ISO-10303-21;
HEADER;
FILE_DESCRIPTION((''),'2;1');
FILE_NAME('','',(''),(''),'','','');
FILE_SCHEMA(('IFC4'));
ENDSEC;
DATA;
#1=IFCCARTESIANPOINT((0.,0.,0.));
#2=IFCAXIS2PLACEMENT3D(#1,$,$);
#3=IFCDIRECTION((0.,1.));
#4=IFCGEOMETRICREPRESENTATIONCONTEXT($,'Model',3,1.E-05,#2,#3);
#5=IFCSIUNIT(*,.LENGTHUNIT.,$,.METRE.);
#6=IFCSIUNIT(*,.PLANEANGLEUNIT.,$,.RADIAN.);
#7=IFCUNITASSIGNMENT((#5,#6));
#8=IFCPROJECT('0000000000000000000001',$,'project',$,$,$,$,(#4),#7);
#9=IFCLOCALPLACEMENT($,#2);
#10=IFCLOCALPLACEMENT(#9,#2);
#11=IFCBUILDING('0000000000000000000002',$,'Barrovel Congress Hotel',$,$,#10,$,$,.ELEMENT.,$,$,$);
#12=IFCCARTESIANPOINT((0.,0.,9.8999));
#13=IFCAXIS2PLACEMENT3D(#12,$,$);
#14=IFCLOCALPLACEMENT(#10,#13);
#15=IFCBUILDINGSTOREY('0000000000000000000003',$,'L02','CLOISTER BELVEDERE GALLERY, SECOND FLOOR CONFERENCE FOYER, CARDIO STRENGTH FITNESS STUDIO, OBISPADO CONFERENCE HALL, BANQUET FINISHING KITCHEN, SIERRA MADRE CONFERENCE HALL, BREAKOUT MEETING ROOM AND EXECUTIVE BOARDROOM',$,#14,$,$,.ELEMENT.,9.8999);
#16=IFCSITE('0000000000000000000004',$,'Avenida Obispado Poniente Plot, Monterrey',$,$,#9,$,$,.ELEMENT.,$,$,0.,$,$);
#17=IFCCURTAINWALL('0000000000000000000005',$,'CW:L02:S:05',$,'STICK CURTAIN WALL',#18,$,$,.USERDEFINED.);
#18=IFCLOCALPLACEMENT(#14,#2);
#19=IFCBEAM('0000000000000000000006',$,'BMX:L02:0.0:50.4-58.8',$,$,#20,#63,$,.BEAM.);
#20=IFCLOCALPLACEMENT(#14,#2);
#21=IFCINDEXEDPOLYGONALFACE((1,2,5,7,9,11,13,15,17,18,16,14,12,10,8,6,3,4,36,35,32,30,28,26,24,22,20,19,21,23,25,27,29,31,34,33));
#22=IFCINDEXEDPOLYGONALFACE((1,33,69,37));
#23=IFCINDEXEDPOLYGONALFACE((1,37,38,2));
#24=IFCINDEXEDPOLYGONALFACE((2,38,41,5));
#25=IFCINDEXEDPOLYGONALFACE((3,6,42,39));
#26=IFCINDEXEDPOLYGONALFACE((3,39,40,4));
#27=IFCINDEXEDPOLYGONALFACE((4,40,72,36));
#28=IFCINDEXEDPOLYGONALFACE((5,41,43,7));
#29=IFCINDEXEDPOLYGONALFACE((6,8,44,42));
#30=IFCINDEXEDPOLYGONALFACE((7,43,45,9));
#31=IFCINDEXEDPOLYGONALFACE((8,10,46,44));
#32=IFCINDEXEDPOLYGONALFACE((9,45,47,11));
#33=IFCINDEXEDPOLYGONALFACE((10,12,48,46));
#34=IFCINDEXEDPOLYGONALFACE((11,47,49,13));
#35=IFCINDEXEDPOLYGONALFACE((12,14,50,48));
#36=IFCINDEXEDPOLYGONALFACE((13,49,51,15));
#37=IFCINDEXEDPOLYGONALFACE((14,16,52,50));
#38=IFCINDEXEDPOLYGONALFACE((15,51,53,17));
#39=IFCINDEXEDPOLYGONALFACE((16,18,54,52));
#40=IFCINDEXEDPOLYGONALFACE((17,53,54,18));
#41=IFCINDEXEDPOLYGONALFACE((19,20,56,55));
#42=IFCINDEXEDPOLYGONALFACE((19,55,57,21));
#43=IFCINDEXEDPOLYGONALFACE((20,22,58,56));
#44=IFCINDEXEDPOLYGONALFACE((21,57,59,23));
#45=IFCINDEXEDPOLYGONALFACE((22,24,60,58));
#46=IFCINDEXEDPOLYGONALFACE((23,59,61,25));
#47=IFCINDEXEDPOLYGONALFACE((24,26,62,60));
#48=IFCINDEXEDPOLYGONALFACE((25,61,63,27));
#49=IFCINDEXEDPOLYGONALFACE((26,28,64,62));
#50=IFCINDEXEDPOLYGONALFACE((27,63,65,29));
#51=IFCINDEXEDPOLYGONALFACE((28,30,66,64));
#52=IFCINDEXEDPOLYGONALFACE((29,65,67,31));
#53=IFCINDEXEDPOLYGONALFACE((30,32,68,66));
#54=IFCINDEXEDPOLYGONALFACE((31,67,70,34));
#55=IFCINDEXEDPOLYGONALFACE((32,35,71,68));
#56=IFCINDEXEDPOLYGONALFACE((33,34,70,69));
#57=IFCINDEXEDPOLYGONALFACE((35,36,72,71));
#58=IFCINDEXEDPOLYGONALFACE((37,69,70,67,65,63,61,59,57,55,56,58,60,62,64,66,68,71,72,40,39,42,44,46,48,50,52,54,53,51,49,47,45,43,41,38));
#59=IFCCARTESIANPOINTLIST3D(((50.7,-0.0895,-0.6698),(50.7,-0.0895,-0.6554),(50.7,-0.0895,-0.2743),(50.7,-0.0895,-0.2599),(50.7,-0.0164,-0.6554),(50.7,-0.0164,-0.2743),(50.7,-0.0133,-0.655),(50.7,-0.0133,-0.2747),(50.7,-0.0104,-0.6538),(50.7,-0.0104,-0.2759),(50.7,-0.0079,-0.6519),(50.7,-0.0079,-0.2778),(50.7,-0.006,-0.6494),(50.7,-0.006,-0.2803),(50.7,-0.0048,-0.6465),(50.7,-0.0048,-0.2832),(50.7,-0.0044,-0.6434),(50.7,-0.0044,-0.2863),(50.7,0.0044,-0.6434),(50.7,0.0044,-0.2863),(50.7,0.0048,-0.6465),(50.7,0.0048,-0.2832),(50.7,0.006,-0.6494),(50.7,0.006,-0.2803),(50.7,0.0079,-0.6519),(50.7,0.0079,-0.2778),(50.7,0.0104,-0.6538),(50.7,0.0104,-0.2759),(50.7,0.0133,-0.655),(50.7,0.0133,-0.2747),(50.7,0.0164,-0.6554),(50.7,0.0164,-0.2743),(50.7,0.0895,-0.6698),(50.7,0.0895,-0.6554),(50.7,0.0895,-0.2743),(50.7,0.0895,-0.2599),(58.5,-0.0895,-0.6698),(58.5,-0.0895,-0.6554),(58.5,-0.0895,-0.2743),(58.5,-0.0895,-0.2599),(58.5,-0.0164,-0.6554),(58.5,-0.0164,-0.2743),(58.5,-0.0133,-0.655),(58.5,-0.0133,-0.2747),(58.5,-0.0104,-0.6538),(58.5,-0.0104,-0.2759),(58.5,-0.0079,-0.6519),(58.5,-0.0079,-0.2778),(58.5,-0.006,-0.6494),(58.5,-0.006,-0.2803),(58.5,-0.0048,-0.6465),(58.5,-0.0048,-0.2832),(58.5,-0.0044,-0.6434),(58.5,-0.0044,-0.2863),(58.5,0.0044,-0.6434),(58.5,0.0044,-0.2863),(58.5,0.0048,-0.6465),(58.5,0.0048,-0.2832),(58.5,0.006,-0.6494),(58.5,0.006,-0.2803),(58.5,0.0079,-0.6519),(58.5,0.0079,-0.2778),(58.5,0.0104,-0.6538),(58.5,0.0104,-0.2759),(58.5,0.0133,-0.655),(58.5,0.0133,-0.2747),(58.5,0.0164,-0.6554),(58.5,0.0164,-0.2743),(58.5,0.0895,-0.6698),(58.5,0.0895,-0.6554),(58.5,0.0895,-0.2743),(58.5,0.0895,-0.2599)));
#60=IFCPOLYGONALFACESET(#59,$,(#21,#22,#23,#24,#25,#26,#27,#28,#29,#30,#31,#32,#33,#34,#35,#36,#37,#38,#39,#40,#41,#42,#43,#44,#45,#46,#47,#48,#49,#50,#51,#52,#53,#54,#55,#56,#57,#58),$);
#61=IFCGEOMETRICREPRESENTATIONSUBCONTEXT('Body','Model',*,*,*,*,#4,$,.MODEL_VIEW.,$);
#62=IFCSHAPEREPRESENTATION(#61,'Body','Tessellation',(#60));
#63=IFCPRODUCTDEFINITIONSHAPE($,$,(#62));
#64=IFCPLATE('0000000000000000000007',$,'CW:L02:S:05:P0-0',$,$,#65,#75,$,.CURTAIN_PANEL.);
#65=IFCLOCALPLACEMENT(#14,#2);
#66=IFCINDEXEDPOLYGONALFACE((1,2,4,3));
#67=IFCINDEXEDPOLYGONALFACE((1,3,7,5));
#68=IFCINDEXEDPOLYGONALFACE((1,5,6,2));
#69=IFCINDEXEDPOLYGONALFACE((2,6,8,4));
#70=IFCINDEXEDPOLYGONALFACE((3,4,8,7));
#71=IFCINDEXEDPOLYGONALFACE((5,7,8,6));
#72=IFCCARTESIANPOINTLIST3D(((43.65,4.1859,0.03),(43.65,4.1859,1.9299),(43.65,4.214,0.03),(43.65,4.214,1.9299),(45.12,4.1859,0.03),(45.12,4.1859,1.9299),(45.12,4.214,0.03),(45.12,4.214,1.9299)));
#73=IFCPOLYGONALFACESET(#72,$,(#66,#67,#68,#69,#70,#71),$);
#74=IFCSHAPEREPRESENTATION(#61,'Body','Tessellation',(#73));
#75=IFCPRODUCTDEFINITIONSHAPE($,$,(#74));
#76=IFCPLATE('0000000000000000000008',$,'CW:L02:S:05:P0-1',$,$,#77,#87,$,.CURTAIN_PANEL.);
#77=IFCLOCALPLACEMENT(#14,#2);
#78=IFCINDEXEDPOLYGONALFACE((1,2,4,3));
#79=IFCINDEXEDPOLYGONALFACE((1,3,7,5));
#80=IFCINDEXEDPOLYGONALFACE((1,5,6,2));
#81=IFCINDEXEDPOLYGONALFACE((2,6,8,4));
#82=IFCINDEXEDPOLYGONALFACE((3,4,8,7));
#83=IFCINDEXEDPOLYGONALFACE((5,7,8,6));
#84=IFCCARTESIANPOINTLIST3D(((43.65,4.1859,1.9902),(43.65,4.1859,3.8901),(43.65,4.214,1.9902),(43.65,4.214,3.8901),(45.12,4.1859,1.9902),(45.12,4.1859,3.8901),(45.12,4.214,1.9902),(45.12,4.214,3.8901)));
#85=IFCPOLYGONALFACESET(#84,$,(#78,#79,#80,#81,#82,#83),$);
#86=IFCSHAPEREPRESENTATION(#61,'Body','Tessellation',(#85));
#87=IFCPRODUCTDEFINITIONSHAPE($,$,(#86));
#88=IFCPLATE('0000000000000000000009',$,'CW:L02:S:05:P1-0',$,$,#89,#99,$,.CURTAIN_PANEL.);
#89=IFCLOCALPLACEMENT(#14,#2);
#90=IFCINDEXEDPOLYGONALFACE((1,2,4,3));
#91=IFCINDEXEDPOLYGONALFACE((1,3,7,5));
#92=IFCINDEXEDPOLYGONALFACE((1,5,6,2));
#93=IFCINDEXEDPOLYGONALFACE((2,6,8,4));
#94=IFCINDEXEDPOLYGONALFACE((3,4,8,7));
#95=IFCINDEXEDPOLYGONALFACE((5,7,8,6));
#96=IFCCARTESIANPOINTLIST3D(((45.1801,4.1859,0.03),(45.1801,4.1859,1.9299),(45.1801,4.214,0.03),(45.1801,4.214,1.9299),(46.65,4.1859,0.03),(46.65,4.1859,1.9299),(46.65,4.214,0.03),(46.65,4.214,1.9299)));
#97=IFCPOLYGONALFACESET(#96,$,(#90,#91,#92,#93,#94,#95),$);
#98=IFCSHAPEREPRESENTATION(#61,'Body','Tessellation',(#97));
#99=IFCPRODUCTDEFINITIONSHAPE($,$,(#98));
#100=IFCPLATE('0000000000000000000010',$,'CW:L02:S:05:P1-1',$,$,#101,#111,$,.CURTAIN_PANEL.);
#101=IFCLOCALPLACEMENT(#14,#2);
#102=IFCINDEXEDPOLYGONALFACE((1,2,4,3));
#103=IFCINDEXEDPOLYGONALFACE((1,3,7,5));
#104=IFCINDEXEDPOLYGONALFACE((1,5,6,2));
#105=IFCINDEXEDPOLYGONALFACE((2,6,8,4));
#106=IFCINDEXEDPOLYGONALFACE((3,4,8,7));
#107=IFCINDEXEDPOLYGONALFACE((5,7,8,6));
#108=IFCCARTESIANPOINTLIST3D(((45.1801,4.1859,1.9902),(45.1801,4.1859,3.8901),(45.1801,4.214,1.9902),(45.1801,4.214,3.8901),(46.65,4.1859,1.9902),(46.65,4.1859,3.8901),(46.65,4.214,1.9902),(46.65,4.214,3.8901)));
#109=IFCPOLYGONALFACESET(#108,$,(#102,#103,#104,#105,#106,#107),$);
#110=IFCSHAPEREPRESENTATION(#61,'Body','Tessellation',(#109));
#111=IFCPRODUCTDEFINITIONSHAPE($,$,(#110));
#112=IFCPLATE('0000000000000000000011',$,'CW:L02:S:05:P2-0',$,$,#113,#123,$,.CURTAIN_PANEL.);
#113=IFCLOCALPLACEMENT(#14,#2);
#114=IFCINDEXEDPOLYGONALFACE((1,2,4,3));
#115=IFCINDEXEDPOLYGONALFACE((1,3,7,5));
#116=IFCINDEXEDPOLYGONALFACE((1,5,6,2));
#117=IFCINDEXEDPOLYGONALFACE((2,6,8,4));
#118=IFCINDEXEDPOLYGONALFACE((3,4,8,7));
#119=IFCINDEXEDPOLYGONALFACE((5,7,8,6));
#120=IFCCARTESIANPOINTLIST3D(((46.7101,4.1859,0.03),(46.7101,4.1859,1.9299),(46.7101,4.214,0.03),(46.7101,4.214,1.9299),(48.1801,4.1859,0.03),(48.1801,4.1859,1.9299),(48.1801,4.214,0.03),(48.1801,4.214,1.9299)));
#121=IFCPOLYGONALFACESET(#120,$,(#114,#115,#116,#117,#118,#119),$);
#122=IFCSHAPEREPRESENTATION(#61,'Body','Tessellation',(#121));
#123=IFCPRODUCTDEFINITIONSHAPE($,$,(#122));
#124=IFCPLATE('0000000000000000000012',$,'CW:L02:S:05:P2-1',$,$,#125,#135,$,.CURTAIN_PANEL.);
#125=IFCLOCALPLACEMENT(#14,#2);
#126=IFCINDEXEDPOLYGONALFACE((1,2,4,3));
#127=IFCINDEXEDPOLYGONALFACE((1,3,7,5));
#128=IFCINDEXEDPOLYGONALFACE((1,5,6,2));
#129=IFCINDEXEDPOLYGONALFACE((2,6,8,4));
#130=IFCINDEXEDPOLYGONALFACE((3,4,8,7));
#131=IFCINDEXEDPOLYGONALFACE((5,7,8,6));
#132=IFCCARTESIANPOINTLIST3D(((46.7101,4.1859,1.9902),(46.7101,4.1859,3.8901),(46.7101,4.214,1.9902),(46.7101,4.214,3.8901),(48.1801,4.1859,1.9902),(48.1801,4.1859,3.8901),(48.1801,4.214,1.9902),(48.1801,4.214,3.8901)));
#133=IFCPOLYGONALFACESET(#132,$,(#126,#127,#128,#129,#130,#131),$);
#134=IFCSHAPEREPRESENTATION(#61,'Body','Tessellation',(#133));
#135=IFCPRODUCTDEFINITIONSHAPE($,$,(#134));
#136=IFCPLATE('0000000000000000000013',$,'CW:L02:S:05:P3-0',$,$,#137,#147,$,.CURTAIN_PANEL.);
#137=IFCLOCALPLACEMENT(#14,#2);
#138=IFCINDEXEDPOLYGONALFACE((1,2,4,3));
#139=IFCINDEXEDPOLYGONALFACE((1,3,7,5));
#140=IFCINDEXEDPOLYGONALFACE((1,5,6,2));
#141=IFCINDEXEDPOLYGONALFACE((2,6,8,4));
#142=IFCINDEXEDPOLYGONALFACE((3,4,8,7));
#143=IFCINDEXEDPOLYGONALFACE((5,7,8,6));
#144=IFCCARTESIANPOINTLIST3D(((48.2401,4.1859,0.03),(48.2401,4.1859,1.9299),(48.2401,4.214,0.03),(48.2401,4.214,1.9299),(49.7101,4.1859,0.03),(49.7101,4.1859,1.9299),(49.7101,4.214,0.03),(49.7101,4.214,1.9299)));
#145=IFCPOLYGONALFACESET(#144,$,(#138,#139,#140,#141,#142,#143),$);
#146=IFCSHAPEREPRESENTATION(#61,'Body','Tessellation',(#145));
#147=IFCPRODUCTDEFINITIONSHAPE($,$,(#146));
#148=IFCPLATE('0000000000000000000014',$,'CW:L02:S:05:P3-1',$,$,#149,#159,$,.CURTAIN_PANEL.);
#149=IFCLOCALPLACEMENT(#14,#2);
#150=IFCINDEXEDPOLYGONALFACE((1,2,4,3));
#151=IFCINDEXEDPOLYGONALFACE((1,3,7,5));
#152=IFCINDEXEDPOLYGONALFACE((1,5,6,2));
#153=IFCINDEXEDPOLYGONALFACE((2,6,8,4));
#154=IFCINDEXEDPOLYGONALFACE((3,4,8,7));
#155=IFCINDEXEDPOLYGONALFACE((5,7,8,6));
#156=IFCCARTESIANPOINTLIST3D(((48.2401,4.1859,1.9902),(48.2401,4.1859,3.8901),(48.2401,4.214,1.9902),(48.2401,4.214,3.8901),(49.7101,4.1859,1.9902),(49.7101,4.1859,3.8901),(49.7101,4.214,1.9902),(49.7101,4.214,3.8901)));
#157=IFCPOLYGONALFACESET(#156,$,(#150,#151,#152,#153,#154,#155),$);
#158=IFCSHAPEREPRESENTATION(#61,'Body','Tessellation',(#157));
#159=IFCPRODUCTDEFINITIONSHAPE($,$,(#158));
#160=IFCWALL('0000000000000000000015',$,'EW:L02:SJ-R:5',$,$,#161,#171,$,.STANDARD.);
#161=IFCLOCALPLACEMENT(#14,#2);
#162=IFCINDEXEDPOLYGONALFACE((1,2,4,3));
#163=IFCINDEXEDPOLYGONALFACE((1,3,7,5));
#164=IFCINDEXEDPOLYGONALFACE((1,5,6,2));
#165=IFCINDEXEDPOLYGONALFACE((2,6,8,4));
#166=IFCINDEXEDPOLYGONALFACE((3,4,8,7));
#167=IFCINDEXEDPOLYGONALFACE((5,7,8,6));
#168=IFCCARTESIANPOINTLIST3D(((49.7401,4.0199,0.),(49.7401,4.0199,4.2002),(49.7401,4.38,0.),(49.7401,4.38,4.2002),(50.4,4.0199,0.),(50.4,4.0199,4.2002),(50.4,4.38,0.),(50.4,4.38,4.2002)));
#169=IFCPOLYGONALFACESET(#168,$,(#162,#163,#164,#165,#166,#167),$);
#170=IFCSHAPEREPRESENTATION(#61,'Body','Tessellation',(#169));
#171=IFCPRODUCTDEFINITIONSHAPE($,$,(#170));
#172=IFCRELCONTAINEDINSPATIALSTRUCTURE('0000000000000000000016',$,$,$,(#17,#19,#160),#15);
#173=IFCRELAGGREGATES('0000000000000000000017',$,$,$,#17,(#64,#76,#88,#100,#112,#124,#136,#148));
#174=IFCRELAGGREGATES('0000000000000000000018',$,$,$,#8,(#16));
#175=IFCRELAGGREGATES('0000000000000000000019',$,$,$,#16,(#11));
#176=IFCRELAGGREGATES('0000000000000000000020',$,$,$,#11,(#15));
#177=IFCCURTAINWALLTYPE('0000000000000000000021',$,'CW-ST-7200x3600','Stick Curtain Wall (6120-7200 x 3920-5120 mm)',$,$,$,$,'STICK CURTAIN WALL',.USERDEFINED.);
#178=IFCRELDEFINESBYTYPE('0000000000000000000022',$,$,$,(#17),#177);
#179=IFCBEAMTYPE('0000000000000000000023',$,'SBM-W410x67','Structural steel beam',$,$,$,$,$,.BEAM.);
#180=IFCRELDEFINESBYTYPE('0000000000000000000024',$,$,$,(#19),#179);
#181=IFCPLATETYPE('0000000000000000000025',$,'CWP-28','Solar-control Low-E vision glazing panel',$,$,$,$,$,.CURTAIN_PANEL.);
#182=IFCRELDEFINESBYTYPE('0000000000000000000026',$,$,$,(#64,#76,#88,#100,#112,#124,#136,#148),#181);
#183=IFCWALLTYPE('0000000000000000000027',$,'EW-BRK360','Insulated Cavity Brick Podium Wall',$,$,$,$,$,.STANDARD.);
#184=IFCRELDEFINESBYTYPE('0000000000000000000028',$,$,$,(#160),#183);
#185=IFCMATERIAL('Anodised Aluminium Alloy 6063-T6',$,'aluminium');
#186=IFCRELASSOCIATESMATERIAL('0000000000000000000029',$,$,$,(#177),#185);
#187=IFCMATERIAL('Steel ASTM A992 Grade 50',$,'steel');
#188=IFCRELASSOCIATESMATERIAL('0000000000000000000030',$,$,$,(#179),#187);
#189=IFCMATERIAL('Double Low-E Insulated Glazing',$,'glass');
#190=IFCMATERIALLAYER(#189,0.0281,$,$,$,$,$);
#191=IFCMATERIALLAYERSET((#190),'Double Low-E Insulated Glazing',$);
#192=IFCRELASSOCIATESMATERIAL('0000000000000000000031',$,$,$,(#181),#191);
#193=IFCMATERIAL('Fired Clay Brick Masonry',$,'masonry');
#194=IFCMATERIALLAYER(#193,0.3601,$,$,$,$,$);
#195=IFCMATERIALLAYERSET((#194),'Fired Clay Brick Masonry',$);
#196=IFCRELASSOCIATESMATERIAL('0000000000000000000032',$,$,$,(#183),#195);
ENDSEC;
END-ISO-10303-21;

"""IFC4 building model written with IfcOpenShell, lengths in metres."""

from ifc_helpers import new_model, si_unit, direction, frame, frame_2d, origin, origin_2d, place, context, subcontext, project, spatial, rectangle, i_section, extrude, material, layer, layer_set, material_profile, profile_set, type_object, element, aggregate, save


model = new_model("IFC4")

# Units and contexts
model_context = context("Model", 3, precision=1e-05, world=origin(), true_north=direction((0.0, 1.0)))
body_context = subcontext(model_context, "Body", "Model", "MODEL_VIEW")
ifc_project = project(units=[si_unit("LENGTHUNIT", "METRE"), si_unit("PLANEANGLEUNIT", "RADIAN")], contexts=[model_context])

# Site, building, storey
site_placement = place(None, origin())
site = spatial("IfcSite", under=ifc_project, at=site_placement, Name="Avenida Obispado Poniente Plot, Monterrey", CompositionType="ELEMENT", RefElevation=0.0)
building_placement = place(site_placement, origin())
building = spatial("IfcBuilding", under=site, at=building_placement, Name="Barrovel Congress Hotel", CompositionType="ELEMENT")
storey_placement = place(building_placement, frame((0.0, 0.0, 9.8999)))
storey = spatial("IfcBuildingStorey", under=building, at=storey_placement, Name="L02", Description="CLOISTER BELVEDERE GALLERY, SECOND FLOOR CONFERENCE FOYER, CARDIO STRENGTH FITNESS STUDIO, OBISPADO CONFERENCE HALL, BANQUET FINISHING KITCHEN, SIERRA MADRE CONFERENCE HALL, BREAKOUT MEETING ROOM AND EXECUTIVE BOARDROOM", CompositionType="ELEMENT", Elevation=9.8999)

# Curtain wall
ifc_material_1 = material(Name="Anodised Aluminium Alloy 6063-T6", Category="aluminium")
curtain_wall_type = type_object("IfcCurtainWallType", Name="CW-ST-7200x3600", Description="Stick Curtain Wall (6120-7200 x 3920-5120 mm)", ElementType="STICK CURTAIN WALL", PredefinedType="USERDEFINED", material=ifc_material_1)
curtain_wall_placement = place(storey_placement, origin())
curtain_wall = element("IfcCurtainWall", 1, at=curtain_wall_placement, inside=storey, type_object=curtain_wall_type, Name="CW:L02:S:05", ObjectType="STICK CURTAIN WALL", PredefinedType="USERDEFINED")

# Beam
ifc_material_2 = material(Name="Steel ASTM A992 Grade 50", Category="steel")
ifc_material_profile_1 = material_profile(ifc_material_2, i_section(OverallWidth=0.179, OverallDepth=0.4099, WebThickness=0.0088, FlangeThickness=0.0144, FilletRadius=0.012, at=origin_2d()), Name="W410x67")
ifc_profile_set_1 = profile_set([ifc_material_profile_1], Name="Steel ASTM A992 Grade 50")
beam_type_1 = type_object("IfcBeamType", Name="SBM-W410x67", Description="Structural steel beam", PredefinedType="BEAM", material=ifc_profile_set_1)
beam_1_placement = place(storey_placement, frame((50.7, 0.0, -0.4648), z_axis=(1.0, 0.0, 0.0), x_axis=(0.0, 1.0, 0.0)))
element("IfcBeam", 2, at=beam_1_placement, inside=storey, type_object=beam_type_1, Name="BMX:L02:0.0:50.4-58.8", PredefinedType="BEAM", context=body_context, shape_type="SweptSolid", body=[
    extrude(i_section(OverallWidth=0.179, OverallDepth=0.4099, WebThickness=0.0088, FlangeThickness=0.0144, FilletRadius=0.012, at=origin_2d()), origin(), (0.0, 0.0, 1.0), 7.8),
])

# Plates
ifc_material_3 = material(Name="Double Low-E Insulated Glazing", Category="glass")
ifc_layer_1 = layer(ifc_material_3, 0.0281)
ifc_layer_set_1 = layer_set([ifc_layer_1], Name="Double Low-E Insulated Glazing")
plate_type = type_object("IfcPlateType", Name="CWP-28", Description="Solar-control Low-E vision glazing panel", PredefinedType="CURTAIN_PANEL", material=ifc_layer_set_1)
plate_1_placement = place(storey_placement, frame((44.385, 4.2, 0.03), z_axis=(0.0, 0.0, 1.0), x_axis=(1.0, 0.0, 0.0)))
plate_1 = element("IfcPlate", 3, at=plate_1_placement, type_object=plate_type, Name="CW:L02:S:05:P0-0", PredefinedType="CURTAIN_PANEL", context=body_context, shape_type="SweptSolid", body=[
    extrude(rectangle(XDim=1.47, YDim=0.0281, at=origin_2d()), origin(), (0.0, 0.0, 1.0), 1.8999),
])
plate_2_placement = place(storey_placement, frame((44.385, 4.2, 1.9902), z_axis=(0.0, 0.0, 1.0), x_axis=(1.0, 0.0, 0.0)))
plate_2 = element("IfcPlate", 4, at=plate_2_placement, type_object=plate_type, Name="CW:L02:S:05:P0-1", PredefinedType="CURTAIN_PANEL", context=body_context, shape_type="SweptSolid", body=[
    extrude(rectangle(XDim=1.47, YDim=0.0281, at=origin_2d()), origin(), (0.0, 0.0, 1.0), 1.8999),
])
plate_3_placement = place(storey_placement, frame((45.915, 4.2, 0.03), z_axis=(0.0, 0.0, 1.0), x_axis=(1.0, 0.0, 0.0)))
plate_3 = element("IfcPlate", 5, at=plate_3_placement, type_object=plate_type, Name="CW:L02:S:05:P1-0", PredefinedType="CURTAIN_PANEL", context=body_context, shape_type="SweptSolid", body=[
    extrude(rectangle(XDim=1.47, YDim=0.0281, at=origin_2d()), origin(), (0.0, 0.0, 1.0), 1.8999),
])
plate_4_placement = place(storey_placement, frame((45.915, 4.2, 1.9902), z_axis=(0.0, 0.0, 1.0), x_axis=(1.0, 0.0, 0.0)))
plate_4 = element("IfcPlate", 6, at=plate_4_placement, type_object=plate_type, Name="CW:L02:S:05:P1-1", PredefinedType="CURTAIN_PANEL", context=body_context, shape_type="SweptSolid", body=[
    extrude(rectangle(XDim=1.47, YDim=0.0281, at=origin_2d()), origin(), (0.0, 0.0, 1.0), 1.8999),
])
plate_5_placement = place(storey_placement, frame((47.4451, 4.2, 0.03), z_axis=(0.0, 0.0, 1.0), x_axis=(1.0, 0.0, 0.0)))
plate_5 = element("IfcPlate", 7, at=plate_5_placement, type_object=plate_type, Name="CW:L02:S:05:P2-0", PredefinedType="CURTAIN_PANEL", context=body_context, shape_type="SweptSolid", body=[
    extrude(rectangle(XDim=1.47, YDim=0.0281, at=origin_2d()), origin(), (0.0, 0.0, 1.0), 1.8999),
])
plate_6_placement = place(storey_placement, frame((47.4451, 4.2, 1.9902), z_axis=(0.0, 0.0, 1.0), x_axis=(1.0, 0.0, 0.0)))
plate_6 = element("IfcPlate", 8, at=plate_6_placement, type_object=plate_type, Name="CW:L02:S:05:P2-1", PredefinedType="CURTAIN_PANEL", context=body_context, shape_type="SweptSolid", body=[
    extrude(rectangle(XDim=1.47, YDim=0.0281, at=origin_2d()), origin(), (0.0, 0.0, 1.0), 1.8999),
])
plate_7_placement = place(storey_placement, frame((48.9751, 4.2, 0.03), z_axis=(0.0, 0.0, 1.0), x_axis=(1.0, 0.0, 0.0)))
plate_7 = element("IfcPlate", 9, at=plate_7_placement, type_object=plate_type, Name="CW:L02:S:05:P3-0", PredefinedType="CURTAIN_PANEL", context=body_context, shape_type="SweptSolid", body=[
    extrude(rectangle(XDim=1.47, YDim=0.0281, at=origin_2d()), origin(), (0.0, 0.0, 1.0), 1.8999),
])
plate_8_placement = place(storey_placement, frame((48.9751, 4.2, 1.9902), z_axis=(0.0, 0.0, 1.0), x_axis=(1.0, 0.0, 0.0)))
plate_8 = element("IfcPlate", 10, at=plate_8_placement, type_object=plate_type, Name="CW:L02:S:05:P3-1", PredefinedType="CURTAIN_PANEL", context=body_context, shape_type="SweptSolid", body=[
    extrude(rectangle(XDim=1.47, YDim=0.0281, at=origin_2d()), origin(), (0.0, 0.0, 1.0), 1.8999),
])
aggregate(curtain_wall, [plate_1, plate_2, plate_3, plate_4, plate_5, plate_6, plate_7, plate_8])

# Wall
ifc_material_4 = material(Name="Fired Clay Brick Masonry", Category="masonry")
ifc_layer_2 = layer(ifc_material_4, 0.3601)
ifc_layer_set_2 = layer_set([ifc_layer_2], Name="Fired Clay Brick Masonry")
wall_type = type_object("IfcWallType", Name="EW-BRK360", Description="Insulated Cavity Brick Podium Wall", PredefinedType="STANDARD", material=ifc_layer_set_2)
wall_1_placement = place(storey_placement, frame((49.74, 4.2, 0.0), z_axis=(0.0, 0.0, 1.0), x_axis=(1.0, 0.0, 0.0)))
element("IfcWall", 11, at=wall_1_placement, inside=storey, type_object=wall_type, Name="EW:L02:SJ-R:5", PredefinedType="STANDARD", context=body_context, shape_type="SweptSolid", body=[
    extrude(rectangle(XDim=0.6599, YDim=0.3601, at=frame_2d((0.3301, 0.0))), origin(), (0.0, 0.0, 1.0), 4.2002),
])

save(model, "model.ifc")
